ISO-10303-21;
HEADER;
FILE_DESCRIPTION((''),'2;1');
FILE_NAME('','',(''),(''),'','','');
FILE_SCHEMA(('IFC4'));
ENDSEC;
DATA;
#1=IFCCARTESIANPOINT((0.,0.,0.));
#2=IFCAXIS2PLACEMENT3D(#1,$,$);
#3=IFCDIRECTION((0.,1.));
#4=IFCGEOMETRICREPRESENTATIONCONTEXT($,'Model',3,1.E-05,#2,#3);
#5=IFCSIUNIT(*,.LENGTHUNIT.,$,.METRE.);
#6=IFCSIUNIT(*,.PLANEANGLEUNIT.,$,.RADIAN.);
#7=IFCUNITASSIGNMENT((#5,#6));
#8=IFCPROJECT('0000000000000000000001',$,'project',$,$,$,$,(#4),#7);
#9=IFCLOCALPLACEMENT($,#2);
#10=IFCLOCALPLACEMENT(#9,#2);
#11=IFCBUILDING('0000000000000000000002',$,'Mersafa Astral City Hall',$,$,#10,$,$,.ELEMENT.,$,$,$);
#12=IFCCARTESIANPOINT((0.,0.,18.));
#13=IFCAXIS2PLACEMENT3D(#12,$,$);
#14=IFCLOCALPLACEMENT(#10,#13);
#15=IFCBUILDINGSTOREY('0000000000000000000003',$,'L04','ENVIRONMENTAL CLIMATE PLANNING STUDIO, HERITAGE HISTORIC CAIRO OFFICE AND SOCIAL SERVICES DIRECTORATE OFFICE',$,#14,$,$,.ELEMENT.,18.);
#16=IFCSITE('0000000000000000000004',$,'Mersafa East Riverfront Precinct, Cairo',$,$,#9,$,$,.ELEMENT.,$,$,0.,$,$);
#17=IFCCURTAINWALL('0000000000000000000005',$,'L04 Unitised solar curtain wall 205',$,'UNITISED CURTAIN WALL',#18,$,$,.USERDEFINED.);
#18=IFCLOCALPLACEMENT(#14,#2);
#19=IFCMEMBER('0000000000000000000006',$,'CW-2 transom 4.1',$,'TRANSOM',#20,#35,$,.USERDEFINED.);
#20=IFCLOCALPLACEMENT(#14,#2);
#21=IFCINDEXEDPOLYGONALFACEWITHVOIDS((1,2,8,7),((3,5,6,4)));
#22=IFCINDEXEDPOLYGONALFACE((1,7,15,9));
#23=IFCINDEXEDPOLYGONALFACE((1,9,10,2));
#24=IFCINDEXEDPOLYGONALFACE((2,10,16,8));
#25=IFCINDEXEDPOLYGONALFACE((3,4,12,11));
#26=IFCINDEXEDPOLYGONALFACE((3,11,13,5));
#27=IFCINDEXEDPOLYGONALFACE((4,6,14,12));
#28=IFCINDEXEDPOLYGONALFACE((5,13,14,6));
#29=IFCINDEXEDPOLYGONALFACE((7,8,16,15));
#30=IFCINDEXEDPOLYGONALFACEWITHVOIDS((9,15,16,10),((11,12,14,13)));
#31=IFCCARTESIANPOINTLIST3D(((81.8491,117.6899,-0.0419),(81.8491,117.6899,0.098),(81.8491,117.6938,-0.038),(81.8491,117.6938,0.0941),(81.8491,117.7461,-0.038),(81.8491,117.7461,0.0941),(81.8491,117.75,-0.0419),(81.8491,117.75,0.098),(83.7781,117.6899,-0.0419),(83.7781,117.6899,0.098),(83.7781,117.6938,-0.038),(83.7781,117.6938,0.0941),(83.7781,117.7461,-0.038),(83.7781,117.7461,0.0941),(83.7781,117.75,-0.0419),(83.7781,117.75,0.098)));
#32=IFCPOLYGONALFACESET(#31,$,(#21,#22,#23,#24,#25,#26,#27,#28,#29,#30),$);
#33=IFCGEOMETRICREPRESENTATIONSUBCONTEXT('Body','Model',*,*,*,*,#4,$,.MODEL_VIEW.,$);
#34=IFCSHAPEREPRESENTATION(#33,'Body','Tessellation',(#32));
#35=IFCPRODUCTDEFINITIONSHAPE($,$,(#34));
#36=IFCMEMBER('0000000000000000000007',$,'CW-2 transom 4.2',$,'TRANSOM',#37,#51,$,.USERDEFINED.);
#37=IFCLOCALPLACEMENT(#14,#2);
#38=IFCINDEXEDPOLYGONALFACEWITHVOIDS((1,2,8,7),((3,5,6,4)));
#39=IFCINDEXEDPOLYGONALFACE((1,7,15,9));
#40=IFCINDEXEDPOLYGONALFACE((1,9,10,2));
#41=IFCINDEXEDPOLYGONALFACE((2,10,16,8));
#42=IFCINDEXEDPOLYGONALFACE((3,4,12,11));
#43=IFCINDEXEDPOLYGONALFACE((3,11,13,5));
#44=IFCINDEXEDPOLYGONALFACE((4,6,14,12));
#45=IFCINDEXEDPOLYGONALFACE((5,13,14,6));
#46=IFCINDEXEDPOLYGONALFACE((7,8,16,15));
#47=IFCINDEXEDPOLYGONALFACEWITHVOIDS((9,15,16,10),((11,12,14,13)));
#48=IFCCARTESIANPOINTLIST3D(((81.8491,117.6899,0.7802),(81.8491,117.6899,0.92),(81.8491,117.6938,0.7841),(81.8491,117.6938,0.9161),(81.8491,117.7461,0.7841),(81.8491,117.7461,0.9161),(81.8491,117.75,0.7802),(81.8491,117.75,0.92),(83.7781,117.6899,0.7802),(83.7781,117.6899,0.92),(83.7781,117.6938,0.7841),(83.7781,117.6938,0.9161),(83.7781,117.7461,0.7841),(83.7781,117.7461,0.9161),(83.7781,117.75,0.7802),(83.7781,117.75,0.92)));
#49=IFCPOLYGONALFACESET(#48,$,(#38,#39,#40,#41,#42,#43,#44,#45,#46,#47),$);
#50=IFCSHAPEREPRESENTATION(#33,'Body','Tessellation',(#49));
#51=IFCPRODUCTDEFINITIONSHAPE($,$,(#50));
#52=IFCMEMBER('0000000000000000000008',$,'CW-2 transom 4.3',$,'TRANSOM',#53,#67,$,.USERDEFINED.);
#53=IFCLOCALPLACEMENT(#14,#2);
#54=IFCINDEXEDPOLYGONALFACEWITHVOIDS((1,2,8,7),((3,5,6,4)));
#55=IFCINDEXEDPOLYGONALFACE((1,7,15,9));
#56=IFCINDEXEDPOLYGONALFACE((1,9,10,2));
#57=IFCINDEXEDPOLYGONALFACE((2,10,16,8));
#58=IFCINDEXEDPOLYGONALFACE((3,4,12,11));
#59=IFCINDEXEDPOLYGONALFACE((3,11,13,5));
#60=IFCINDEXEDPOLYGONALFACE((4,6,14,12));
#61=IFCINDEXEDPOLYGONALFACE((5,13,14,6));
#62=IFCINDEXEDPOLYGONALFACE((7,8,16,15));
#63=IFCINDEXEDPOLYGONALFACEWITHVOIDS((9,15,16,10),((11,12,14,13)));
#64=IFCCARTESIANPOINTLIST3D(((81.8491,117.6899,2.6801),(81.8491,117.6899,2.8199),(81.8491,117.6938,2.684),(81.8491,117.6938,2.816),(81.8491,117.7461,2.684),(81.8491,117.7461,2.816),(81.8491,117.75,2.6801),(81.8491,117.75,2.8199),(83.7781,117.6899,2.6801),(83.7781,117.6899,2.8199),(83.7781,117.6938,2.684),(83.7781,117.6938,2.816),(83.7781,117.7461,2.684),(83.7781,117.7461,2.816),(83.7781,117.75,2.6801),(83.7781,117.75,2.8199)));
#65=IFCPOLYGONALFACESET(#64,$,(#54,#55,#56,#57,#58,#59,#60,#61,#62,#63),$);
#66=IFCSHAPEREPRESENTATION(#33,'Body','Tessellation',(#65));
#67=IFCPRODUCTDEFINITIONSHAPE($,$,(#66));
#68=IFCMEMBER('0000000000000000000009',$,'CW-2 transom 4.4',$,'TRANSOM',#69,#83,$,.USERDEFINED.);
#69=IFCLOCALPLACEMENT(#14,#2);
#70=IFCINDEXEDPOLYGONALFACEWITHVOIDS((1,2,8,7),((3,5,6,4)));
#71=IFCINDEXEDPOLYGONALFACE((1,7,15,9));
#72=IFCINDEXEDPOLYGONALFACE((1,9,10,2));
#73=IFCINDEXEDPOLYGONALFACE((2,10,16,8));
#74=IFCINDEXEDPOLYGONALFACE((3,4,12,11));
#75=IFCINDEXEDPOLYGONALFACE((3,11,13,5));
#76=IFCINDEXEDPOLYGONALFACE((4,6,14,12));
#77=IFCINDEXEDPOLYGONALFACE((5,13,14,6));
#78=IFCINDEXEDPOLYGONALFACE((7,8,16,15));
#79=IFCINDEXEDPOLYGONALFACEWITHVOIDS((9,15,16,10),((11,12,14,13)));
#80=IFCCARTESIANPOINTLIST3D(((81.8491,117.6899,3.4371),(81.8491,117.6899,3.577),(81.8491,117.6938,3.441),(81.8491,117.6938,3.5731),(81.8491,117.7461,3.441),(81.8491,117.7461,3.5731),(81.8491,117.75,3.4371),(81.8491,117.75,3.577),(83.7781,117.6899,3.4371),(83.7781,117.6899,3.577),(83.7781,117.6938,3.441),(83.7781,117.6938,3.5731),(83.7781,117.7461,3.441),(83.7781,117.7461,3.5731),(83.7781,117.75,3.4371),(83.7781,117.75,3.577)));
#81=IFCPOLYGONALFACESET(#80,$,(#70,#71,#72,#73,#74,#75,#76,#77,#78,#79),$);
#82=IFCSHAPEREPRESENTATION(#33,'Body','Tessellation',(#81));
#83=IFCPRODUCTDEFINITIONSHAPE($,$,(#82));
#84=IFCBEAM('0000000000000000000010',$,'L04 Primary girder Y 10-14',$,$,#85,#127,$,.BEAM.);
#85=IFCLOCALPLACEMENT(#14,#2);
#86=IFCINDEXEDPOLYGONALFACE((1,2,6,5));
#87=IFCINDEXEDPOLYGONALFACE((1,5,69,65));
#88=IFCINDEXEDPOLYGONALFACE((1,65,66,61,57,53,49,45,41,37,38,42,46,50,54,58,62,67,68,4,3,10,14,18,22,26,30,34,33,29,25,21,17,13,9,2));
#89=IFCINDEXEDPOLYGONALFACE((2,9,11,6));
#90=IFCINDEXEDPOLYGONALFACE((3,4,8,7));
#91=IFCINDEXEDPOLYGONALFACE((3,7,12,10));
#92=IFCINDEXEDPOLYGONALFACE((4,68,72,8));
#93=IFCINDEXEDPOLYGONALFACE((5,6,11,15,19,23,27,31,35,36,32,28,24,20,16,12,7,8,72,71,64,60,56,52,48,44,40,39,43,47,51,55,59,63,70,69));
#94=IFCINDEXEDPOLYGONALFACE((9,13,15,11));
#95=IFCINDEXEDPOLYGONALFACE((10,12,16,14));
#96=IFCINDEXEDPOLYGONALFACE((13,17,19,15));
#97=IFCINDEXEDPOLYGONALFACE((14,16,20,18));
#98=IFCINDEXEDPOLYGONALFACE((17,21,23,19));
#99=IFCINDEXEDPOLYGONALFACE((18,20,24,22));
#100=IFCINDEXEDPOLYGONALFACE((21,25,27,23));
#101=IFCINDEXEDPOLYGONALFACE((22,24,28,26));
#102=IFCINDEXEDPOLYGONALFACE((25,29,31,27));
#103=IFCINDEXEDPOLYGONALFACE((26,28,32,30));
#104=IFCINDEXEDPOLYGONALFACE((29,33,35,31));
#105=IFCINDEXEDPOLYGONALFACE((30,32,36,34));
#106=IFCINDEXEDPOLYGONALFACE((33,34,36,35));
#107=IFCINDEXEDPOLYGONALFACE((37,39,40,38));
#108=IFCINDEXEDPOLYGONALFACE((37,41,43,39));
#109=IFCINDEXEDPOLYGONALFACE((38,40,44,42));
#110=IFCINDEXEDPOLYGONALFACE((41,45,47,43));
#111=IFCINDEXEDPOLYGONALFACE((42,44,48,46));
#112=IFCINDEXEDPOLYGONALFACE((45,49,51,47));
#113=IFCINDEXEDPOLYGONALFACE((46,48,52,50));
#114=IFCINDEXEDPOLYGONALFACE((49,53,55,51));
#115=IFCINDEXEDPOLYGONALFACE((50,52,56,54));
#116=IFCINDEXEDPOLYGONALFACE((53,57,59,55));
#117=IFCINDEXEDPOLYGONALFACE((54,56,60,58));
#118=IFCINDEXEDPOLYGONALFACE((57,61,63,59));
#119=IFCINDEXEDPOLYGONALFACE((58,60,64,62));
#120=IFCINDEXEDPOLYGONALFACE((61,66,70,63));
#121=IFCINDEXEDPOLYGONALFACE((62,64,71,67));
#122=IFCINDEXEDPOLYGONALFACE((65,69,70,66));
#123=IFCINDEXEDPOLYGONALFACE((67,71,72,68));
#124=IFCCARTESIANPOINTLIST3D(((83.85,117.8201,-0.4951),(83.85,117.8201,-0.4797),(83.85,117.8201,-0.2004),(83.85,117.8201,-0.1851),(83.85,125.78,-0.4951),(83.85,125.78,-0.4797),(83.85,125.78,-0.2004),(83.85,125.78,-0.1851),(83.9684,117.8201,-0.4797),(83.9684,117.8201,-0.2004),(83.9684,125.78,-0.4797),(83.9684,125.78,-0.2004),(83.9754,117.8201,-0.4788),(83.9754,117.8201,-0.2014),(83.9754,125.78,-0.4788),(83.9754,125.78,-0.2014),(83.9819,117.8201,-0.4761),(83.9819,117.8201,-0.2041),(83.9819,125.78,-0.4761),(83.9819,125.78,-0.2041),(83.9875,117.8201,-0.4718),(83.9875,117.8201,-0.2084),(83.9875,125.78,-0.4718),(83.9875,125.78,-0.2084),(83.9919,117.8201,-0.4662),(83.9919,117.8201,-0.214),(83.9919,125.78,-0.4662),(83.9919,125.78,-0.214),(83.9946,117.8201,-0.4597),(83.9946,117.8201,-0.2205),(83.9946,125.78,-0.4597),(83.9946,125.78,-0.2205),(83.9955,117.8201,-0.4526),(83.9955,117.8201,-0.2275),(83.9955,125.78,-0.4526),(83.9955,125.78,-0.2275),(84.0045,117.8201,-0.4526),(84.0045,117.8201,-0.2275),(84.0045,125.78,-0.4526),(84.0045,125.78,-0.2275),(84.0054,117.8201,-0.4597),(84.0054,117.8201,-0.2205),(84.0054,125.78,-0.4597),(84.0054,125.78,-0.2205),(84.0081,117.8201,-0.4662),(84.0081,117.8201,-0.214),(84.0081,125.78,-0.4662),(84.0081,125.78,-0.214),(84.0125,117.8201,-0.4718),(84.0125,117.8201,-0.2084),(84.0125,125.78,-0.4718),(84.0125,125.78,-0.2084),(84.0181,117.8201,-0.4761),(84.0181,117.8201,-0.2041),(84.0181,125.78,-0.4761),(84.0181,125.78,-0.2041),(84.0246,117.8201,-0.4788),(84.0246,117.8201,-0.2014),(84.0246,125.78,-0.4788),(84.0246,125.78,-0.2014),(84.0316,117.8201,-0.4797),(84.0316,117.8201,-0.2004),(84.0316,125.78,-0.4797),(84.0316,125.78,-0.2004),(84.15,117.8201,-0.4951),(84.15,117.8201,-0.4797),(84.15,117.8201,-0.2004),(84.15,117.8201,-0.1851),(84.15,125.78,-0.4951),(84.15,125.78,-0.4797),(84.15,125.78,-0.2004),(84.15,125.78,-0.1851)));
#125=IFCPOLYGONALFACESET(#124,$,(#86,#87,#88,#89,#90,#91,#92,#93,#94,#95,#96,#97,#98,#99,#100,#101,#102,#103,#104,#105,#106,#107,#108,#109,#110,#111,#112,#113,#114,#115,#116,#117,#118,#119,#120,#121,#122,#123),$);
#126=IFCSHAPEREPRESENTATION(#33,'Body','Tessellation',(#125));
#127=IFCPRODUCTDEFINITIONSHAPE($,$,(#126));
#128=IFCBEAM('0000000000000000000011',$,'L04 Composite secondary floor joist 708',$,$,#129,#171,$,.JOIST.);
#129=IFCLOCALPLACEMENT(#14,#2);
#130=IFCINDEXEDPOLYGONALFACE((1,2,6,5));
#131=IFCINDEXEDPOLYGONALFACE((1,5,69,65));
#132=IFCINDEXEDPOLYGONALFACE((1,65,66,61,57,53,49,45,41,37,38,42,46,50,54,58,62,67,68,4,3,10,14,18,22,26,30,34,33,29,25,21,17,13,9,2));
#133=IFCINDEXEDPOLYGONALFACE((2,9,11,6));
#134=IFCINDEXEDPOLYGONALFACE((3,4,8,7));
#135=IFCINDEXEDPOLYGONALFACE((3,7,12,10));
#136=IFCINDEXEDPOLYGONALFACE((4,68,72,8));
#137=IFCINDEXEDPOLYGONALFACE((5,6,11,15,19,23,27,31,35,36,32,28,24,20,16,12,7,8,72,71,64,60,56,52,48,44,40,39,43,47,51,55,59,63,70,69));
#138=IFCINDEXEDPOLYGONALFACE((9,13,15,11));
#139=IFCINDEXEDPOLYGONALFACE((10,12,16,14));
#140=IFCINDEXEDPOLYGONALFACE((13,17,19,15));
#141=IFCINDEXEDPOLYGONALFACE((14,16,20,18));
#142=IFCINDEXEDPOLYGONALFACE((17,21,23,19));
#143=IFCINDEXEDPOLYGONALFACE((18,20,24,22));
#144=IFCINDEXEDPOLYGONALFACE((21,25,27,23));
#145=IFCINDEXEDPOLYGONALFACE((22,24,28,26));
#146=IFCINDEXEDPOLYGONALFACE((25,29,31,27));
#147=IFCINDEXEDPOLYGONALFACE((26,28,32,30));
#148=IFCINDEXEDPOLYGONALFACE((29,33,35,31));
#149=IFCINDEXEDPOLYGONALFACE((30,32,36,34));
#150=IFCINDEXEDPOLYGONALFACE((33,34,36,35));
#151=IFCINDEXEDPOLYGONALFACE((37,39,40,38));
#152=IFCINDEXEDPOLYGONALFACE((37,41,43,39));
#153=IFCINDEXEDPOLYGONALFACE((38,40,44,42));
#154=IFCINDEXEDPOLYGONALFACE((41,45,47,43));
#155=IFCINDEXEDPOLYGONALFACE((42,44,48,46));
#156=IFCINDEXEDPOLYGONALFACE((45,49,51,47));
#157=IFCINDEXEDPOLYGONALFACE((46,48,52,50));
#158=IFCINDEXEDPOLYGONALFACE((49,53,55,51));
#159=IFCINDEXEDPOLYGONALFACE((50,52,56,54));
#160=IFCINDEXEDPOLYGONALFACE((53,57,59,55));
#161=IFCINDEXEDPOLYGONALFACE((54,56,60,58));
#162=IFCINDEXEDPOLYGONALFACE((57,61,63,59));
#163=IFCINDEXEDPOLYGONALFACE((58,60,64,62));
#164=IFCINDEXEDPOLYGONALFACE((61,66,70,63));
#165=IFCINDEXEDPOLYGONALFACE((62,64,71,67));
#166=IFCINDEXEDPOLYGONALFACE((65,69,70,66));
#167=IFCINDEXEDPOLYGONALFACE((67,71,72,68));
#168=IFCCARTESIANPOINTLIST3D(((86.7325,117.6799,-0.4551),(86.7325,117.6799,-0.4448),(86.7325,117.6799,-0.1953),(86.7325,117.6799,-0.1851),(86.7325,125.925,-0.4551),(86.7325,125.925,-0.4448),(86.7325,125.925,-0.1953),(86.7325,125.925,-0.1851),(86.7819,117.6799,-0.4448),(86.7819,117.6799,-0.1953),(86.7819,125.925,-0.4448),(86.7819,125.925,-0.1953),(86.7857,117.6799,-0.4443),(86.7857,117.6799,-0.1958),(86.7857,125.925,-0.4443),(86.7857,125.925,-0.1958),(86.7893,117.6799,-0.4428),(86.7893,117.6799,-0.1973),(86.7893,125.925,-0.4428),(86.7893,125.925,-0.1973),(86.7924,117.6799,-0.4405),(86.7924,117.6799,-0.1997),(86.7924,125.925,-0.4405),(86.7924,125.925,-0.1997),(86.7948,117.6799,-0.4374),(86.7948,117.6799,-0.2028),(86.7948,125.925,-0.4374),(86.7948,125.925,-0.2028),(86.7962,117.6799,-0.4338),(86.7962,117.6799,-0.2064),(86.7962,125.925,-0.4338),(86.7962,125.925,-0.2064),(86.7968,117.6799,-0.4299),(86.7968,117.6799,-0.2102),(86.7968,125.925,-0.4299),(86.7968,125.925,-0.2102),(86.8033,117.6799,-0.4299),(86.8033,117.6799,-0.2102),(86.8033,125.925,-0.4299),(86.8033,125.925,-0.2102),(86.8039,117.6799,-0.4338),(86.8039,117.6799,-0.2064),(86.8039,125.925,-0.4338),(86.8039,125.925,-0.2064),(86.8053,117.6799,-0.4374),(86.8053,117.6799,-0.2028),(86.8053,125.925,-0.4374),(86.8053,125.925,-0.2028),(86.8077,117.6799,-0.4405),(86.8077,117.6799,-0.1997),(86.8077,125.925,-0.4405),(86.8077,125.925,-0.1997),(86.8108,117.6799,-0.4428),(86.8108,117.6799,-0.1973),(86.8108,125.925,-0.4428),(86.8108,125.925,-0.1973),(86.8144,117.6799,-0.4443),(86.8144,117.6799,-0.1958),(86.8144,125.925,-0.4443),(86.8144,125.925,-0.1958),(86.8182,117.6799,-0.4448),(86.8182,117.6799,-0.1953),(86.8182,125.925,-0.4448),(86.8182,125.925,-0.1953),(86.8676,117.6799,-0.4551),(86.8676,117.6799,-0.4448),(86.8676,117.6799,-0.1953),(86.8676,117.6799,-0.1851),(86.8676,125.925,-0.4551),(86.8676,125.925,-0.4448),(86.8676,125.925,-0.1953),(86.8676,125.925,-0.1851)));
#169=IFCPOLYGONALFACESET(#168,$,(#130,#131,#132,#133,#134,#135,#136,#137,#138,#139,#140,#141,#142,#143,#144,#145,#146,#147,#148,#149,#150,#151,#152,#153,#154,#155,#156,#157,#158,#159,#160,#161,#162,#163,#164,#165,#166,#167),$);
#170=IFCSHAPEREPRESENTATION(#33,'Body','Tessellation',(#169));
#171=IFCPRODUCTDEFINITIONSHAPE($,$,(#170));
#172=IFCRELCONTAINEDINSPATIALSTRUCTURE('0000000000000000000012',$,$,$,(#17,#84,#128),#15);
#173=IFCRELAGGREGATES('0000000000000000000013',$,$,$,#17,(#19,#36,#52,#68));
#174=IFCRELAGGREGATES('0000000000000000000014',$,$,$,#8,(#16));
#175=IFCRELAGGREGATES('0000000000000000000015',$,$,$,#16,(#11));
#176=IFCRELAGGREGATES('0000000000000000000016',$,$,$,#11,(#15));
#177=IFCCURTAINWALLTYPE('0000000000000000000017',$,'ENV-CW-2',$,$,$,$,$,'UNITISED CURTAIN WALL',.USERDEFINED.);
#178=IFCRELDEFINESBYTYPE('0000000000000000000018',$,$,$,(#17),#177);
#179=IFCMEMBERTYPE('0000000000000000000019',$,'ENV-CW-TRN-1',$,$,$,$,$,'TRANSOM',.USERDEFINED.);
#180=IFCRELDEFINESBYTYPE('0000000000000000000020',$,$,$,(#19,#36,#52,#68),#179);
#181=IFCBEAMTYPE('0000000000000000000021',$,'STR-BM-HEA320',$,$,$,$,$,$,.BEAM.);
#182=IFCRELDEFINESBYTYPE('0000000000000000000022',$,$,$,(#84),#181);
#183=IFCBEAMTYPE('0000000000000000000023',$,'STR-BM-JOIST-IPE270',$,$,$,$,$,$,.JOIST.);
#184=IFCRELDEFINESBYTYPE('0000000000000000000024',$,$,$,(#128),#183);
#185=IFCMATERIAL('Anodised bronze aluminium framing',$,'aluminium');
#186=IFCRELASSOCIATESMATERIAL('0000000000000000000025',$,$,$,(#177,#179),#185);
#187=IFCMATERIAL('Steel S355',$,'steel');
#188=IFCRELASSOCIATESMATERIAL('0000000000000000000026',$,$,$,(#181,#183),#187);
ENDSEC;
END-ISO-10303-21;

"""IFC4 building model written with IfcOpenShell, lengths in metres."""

from ifc_helpers import new_model, si_unit, direction, frame, origin, origin_2d, place, context, subcontext, project, spatial, hollow_rectangle, i_section, extrude, material, material_profile, profile_set, type_object, element, aggregate, save


model = new_model("IFC4")

# Units and contexts
model_context = context("Model", 3, precision=1e-05, world=origin(), true_north=direction((0.0, 1.0)))
body_context = subcontext(model_context, "Body", "Model", "MODEL_VIEW")
ifc_project = project(units=[si_unit("LENGTHUNIT", "METRE"), si_unit("PLANEANGLEUNIT", "RADIAN")], contexts=[model_context])

# Site, building, storey
site_placement = place(None, origin())
site = spatial("IfcSite", under=ifc_project, at=site_placement, Name="Mersafa East Riverfront Precinct, Cairo", CompositionType="ELEMENT", RefElevation=0.0)
building_placement = place(site_placement, origin())
building = spatial("IfcBuilding", under=site, at=building_placement, Name="Mersafa Astral City Hall", CompositionType="ELEMENT")
storey_placement = place(building_placement, frame((0.0, 0.0, 18.0)))
storey = spatial("IfcBuildingStorey", under=building, at=storey_placement, Name="L04", Description="ENVIRONMENTAL CLIMATE PLANNING STUDIO, HERITAGE HISTORIC CAIRO OFFICE AND SOCIAL SERVICES DIRECTORATE OFFICE", CompositionType="ELEMENT", Elevation=18.0)

# Shared definitions
ifc_material_1 = material(Name="Steel S355", Category="steel")

# Curtain wall, members
ifc_material_2 = material(Name="Anodised bronze aluminium framing", Category="aluminium")
curtain_wall_type = type_object("IfcCurtainWallType", Name="ENV-CW-2", ElementType="UNITISED CURTAIN WALL", PredefinedType="USERDEFINED", material=ifc_material_2)
curtain_wall_placement = place(storey_placement, origin())
curtain_wall = element("IfcCurtainWall", 1, at=curtain_wall_placement, inside=storey, type_object=curtain_wall_type, Name="L04 Unitised solar curtain wall 205", ObjectType="UNITISED CURTAIN WALL", PredefinedType="USERDEFINED")
ifc_material_profile_1 = material_profile(ifc_material_2, hollow_rectangle(XDim=0.0601, YDim=0.1399, WallThickness=0.0039, at=origin_2d()), Name="RHS 60x140x4")
ifc_profile_set_1 = profile_set([ifc_material_profile_1], Name="Anodised bronze aluminium framing")
member_type_1 = type_object("IfcMemberType", Name="ENV-CW-TRN-1", ElementType="TRANSOM", PredefinedType="USERDEFINED", material=ifc_profile_set_1)
member_1_placement = place(storey_placement, frame((81.8491, 117.72, 0.0281), z_axis=(1.0, 0.0, 0.0), x_axis=(0.0, 1.0, 0.0)))
member_1 = element("IfcMember", 2, at=member_1_placement, type_object=member_type_1, Name="CW-2 transom 4.1", ObjectType="TRANSOM", PredefinedType="USERDEFINED", context=body_context, shape_type="SweptSolid", body=[
    extrude(hollow_rectangle(XDim=0.0601, YDim=0.1399, WallThickness=0.0039, at=origin_2d()), origin(), (0.0, 0.0, 1.0), 1.929),
])
member_2_placement = place(storey_placement, frame((81.8491, 117.72, 0.8501), z_axis=(1.0, 0.0, 0.0), x_axis=(0.0, 1.0, 0.0)))
member_2 = element("IfcMember", 3, at=member_2_placement, type_object=member_type_1, Name="CW-2 transom 4.2", ObjectType="TRANSOM", PredefinedType="USERDEFINED", context=body_context, shape_type="SweptSolid", body=[
    extrude(hollow_rectangle(XDim=0.0601, YDim=0.1399, WallThickness=0.0039, at=origin_2d()), origin(), (0.0, 0.0, 1.0), 1.929),
])
member_3_placement = place(storey_placement, frame((81.8491, 117.72, 2.75), z_axis=(1.0, 0.0, 0.0), x_axis=(0.0, 1.0, 0.0)))
member_3 = element("IfcMember", 4, at=member_3_placement, type_object=member_type_1, Name="CW-2 transom 4.3", ObjectType="TRANSOM", PredefinedType="USERDEFINED", context=body_context, shape_type="SweptSolid", body=[
    extrude(hollow_rectangle(XDim=0.0601, YDim=0.1399, WallThickness=0.0039, at=origin_2d()), origin(), (0.0, 0.0, 1.0), 1.929),
])
member_4_placement = place(storey_placement, frame((81.8491, 117.72, 3.5071), z_axis=(1.0, 0.0, 0.0), x_axis=(0.0, 1.0, 0.0)))
member_4 = element("IfcMember", 5, at=member_4_placement, type_object=member_type_1, Name="CW-2 transom 4.4", ObjectType="TRANSOM", PredefinedType="USERDEFINED", context=body_context, shape_type="SweptSolid", body=[
    extrude(hollow_rectangle(XDim=0.0601, YDim=0.1399, WallThickness=0.0039, at=origin_2d()), origin(), (0.0, 0.0, 1.0), 1.929),
])

# Beams
ifc_material_profile_2 = material_profile(ifc_material_1, i_section(OverallWidth=0.3, OverallDepth=0.3101, WebThickness=0.009, FlangeThickness=0.0154, FilletRadius=0.0271, at=origin_2d()), Name="HEA 320")
ifc_profile_set_2 = profile_set([ifc_material_profile_2], Name="Steel S355")
beam_type_1 = type_object("IfcBeamType", Name="STR-BM-HEA320", PredefinedType="BEAM", material=ifc_profile_set_2)
beam_1_placement = place(storey_placement, frame((84.0, 117.8201, -0.3401), z_axis=(0.0, 1.0, 0.0), x_axis=(-1.0, 0.0, 0.0)))
element("IfcBeam", 6, at=beam_1_placement, inside=storey, type_object=beam_type_1, Name="L04 Primary girder Y 10-14", PredefinedType="BEAM", context=body_context, shape_type="SweptSolid", body=[
    extrude(i_section(OverallWidth=0.3, OverallDepth=0.3101, WebThickness=0.009, FlangeThickness=0.0154, FilletRadius=0.0271, at=origin_2d()), origin(), (0.0, 0.0, 1.0), 7.96),
])
ifc_material_profile_3 = material_profile(ifc_material_1, i_section(OverallWidth=0.135, OverallDepth=0.27, WebThickness=0.0066, FlangeThickness=0.0103, FilletRadius=0.0149, at=origin_2d()), Name="IPE 270")
ifc_profile_set_3 = profile_set([ifc_material_profile_3], Name="Steel S355")
beam_type_2 = type_object("IfcBeamType", Name="STR-BM-JOIST-IPE270", PredefinedType="JOIST", material=ifc_profile_set_3)
for number, where, z_axis, x_axis, name in (
    (7, (86.8, 117.6799, -0.3201), (0.0, 1.0, 0.0), (-1.0, 0.0, 0.0), "L04 Composite secondary floor joist 708"),
):
    element("IfcBeam", number, at=place(storey_placement, frame(where, z_axis=z_axis, x_axis=x_axis)), inside=storey, type_object=beam_type_2, Name=name, PredefinedType="JOIST", context=body_context, shape_type="SweptSolid", body=[
        extrude(i_section(OverallWidth=0.135, OverallDepth=0.27, WebThickness=0.0066, FlangeThickness=0.0103, FilletRadius=0.0149, at=origin_2d()), origin(), (0.0, 0.0, 1.0), 8.2451),
    ])

aggregate(curtain_wall, [member_1, member_2, member_3, member_4])

save(model, "model.ifc")
